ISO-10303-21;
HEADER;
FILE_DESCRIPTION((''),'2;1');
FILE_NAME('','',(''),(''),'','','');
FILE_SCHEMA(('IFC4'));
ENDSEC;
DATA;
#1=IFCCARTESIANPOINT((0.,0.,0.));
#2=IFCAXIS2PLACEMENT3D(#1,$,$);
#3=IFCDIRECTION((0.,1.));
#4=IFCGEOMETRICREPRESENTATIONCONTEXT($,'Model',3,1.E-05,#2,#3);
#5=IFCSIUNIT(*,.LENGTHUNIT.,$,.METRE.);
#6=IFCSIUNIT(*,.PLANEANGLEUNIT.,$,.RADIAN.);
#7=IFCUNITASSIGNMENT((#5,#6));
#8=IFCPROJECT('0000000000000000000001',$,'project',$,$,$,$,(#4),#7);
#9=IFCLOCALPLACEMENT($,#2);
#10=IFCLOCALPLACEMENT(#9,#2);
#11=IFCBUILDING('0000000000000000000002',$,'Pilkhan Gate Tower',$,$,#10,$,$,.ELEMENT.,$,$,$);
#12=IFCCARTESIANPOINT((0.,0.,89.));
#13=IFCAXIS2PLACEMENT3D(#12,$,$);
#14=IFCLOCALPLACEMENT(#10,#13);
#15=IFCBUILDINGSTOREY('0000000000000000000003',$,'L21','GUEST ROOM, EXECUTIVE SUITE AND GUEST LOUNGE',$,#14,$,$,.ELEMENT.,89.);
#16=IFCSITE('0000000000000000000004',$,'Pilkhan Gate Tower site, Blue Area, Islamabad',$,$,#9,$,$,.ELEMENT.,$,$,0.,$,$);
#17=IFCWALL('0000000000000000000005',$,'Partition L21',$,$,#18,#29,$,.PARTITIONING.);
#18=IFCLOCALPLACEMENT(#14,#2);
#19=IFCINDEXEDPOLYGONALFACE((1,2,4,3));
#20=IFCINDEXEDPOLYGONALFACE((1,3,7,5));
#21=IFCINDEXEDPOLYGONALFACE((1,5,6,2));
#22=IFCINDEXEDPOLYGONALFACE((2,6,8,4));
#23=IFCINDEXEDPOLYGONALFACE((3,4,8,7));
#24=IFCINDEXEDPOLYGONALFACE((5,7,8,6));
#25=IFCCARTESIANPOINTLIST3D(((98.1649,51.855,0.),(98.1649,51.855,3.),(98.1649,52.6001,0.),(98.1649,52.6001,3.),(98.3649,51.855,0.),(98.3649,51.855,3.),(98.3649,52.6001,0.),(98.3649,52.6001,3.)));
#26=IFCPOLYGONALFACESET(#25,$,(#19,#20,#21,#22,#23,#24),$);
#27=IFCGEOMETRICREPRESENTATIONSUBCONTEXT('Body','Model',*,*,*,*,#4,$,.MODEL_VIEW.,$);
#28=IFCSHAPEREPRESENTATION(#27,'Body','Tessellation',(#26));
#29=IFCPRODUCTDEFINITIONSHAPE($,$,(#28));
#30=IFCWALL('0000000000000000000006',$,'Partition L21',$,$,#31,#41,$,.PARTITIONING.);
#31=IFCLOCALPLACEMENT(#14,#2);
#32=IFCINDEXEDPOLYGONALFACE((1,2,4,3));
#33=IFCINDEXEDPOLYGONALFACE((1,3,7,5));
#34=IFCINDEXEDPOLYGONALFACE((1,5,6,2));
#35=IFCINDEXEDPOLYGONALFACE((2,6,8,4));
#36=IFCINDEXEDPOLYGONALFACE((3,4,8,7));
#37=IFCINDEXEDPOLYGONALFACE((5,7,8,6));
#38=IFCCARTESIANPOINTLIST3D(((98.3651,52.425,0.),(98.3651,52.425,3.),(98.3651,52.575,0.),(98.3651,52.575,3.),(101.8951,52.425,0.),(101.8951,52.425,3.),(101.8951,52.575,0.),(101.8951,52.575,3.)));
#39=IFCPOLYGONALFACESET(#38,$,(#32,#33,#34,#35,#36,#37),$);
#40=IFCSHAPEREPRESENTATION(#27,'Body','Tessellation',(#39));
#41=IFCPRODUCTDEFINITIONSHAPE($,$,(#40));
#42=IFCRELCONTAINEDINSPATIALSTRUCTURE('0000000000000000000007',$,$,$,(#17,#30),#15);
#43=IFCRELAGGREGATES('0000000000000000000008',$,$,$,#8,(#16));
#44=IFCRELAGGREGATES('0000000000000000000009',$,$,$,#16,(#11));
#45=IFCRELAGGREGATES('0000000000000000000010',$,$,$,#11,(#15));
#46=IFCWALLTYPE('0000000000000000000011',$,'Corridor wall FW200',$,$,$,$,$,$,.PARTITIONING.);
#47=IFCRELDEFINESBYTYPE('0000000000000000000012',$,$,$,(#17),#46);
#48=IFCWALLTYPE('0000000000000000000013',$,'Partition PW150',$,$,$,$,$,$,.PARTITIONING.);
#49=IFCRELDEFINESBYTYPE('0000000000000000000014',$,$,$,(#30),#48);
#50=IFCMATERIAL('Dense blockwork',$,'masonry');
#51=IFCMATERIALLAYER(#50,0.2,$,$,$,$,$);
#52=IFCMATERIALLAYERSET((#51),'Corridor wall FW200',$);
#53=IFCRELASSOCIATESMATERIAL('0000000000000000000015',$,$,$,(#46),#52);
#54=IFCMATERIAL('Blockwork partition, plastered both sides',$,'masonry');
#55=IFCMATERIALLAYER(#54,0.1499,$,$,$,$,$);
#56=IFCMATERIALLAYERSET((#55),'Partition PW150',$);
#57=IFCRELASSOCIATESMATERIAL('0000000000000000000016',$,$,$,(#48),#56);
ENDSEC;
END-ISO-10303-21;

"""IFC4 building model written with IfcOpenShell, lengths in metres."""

from ifc_helpers import new_model, si_unit, direction, frame, frame_2d, origin, place, context, subcontext, project, spatial, rectangle, extrude, material, layer, layer_set, type_object, element, save


model = new_model("IFC4")

# Units and contexts
model_context = context("Model", 3, precision=1e-05, world=origin(), true_north=direction((0.0, 1.0)))
body_context = subcontext(model_context, "Body", "Model", "MODEL_VIEW")
ifc_project = project(units=[si_unit("LENGTHUNIT", "METRE"), si_unit("PLANEANGLEUNIT", "RADIAN")], contexts=[model_context])

# Site, building, storey
site_placement = place(None, origin())
site = spatial("IfcSite", under=ifc_project, at=site_placement, Name="Pilkhan Gate Tower site, Blue Area, Islamabad", CompositionType="ELEMENT", RefElevation=0.0)
building_placement = place(site_placement, origin())
building = spatial("IfcBuilding", under=site, at=building_placement, Name="Pilkhan Gate Tower", CompositionType="ELEMENT")
storey_placement = place(building_placement, frame((0.0, 0.0, 89.0)))
storey = spatial("IfcBuildingStorey", under=building, at=storey_placement, Name="L21", Description="GUEST ROOM, EXECUTIVE SUITE AND GUEST LOUNGE", CompositionType="ELEMENT", Elevation=89.0)

# Walls
ifc_material_1 = material(Name="Dense blockwork", Category="masonry")
ifc_layer_1 = layer(ifc_material_1, 0.2)
ifc_layer_set_1 = layer_set([ifc_layer_1], Name="Corridor wall FW200")
wall_type_1 = type_object("IfcWallType", Name="Corridor wall FW200", PredefinedType="PARTITIONING", material=ifc_layer_set_1)
wall_1_placement = place(storey_placement, frame((98.2649, 51.855, 0.0), z_axis=(0.0, 0.0, 1.0), x_axis=(0.0, 1.0, 0.0)))
element("IfcWall", 1, at=wall_1_placement, inside=storey, type_object=wall_type_1, Name="Partition L21", PredefinedType="PARTITIONING", context=body_context, shape_type="SweptSolid", body=[
    extrude(rectangle(XDim=0.7451, YDim=0.2, at=frame_2d((0.3726, 0.0))), origin(), (0.0, 0.0, 1.0), 3.0),
])
ifc_material_2 = material(Name="Blockwork partition, plastered both sides", Category="masonry")
ifc_layer_2 = layer(ifc_material_2, 0.1499)
ifc_layer_set_2 = layer_set([ifc_layer_2], Name="Partition PW150")
wall_type_2 = type_object("IfcWallType", Name="Partition PW150", PredefinedType="PARTITIONING", material=ifc_layer_set_2)
wall_2_placement = place(storey_placement, frame((98.365, 52.5, 0.0), z_axis=(0.0, 0.0, 1.0), x_axis=(1.0, 0.0, 0.0)))
element("IfcWall", 2, at=wall_2_placement, inside=storey, type_object=wall_type_2, Name="Partition L21", PredefinedType="PARTITIONING", context=body_context, shape_type="SweptSolid", body=[
    extrude(rectangle(XDim=3.53, YDim=0.1499, at=frame_2d((1.7651, 0.0))), origin(), (0.0, 0.0, 1.0), 3.0),
])

save(model, "model.ifc")
